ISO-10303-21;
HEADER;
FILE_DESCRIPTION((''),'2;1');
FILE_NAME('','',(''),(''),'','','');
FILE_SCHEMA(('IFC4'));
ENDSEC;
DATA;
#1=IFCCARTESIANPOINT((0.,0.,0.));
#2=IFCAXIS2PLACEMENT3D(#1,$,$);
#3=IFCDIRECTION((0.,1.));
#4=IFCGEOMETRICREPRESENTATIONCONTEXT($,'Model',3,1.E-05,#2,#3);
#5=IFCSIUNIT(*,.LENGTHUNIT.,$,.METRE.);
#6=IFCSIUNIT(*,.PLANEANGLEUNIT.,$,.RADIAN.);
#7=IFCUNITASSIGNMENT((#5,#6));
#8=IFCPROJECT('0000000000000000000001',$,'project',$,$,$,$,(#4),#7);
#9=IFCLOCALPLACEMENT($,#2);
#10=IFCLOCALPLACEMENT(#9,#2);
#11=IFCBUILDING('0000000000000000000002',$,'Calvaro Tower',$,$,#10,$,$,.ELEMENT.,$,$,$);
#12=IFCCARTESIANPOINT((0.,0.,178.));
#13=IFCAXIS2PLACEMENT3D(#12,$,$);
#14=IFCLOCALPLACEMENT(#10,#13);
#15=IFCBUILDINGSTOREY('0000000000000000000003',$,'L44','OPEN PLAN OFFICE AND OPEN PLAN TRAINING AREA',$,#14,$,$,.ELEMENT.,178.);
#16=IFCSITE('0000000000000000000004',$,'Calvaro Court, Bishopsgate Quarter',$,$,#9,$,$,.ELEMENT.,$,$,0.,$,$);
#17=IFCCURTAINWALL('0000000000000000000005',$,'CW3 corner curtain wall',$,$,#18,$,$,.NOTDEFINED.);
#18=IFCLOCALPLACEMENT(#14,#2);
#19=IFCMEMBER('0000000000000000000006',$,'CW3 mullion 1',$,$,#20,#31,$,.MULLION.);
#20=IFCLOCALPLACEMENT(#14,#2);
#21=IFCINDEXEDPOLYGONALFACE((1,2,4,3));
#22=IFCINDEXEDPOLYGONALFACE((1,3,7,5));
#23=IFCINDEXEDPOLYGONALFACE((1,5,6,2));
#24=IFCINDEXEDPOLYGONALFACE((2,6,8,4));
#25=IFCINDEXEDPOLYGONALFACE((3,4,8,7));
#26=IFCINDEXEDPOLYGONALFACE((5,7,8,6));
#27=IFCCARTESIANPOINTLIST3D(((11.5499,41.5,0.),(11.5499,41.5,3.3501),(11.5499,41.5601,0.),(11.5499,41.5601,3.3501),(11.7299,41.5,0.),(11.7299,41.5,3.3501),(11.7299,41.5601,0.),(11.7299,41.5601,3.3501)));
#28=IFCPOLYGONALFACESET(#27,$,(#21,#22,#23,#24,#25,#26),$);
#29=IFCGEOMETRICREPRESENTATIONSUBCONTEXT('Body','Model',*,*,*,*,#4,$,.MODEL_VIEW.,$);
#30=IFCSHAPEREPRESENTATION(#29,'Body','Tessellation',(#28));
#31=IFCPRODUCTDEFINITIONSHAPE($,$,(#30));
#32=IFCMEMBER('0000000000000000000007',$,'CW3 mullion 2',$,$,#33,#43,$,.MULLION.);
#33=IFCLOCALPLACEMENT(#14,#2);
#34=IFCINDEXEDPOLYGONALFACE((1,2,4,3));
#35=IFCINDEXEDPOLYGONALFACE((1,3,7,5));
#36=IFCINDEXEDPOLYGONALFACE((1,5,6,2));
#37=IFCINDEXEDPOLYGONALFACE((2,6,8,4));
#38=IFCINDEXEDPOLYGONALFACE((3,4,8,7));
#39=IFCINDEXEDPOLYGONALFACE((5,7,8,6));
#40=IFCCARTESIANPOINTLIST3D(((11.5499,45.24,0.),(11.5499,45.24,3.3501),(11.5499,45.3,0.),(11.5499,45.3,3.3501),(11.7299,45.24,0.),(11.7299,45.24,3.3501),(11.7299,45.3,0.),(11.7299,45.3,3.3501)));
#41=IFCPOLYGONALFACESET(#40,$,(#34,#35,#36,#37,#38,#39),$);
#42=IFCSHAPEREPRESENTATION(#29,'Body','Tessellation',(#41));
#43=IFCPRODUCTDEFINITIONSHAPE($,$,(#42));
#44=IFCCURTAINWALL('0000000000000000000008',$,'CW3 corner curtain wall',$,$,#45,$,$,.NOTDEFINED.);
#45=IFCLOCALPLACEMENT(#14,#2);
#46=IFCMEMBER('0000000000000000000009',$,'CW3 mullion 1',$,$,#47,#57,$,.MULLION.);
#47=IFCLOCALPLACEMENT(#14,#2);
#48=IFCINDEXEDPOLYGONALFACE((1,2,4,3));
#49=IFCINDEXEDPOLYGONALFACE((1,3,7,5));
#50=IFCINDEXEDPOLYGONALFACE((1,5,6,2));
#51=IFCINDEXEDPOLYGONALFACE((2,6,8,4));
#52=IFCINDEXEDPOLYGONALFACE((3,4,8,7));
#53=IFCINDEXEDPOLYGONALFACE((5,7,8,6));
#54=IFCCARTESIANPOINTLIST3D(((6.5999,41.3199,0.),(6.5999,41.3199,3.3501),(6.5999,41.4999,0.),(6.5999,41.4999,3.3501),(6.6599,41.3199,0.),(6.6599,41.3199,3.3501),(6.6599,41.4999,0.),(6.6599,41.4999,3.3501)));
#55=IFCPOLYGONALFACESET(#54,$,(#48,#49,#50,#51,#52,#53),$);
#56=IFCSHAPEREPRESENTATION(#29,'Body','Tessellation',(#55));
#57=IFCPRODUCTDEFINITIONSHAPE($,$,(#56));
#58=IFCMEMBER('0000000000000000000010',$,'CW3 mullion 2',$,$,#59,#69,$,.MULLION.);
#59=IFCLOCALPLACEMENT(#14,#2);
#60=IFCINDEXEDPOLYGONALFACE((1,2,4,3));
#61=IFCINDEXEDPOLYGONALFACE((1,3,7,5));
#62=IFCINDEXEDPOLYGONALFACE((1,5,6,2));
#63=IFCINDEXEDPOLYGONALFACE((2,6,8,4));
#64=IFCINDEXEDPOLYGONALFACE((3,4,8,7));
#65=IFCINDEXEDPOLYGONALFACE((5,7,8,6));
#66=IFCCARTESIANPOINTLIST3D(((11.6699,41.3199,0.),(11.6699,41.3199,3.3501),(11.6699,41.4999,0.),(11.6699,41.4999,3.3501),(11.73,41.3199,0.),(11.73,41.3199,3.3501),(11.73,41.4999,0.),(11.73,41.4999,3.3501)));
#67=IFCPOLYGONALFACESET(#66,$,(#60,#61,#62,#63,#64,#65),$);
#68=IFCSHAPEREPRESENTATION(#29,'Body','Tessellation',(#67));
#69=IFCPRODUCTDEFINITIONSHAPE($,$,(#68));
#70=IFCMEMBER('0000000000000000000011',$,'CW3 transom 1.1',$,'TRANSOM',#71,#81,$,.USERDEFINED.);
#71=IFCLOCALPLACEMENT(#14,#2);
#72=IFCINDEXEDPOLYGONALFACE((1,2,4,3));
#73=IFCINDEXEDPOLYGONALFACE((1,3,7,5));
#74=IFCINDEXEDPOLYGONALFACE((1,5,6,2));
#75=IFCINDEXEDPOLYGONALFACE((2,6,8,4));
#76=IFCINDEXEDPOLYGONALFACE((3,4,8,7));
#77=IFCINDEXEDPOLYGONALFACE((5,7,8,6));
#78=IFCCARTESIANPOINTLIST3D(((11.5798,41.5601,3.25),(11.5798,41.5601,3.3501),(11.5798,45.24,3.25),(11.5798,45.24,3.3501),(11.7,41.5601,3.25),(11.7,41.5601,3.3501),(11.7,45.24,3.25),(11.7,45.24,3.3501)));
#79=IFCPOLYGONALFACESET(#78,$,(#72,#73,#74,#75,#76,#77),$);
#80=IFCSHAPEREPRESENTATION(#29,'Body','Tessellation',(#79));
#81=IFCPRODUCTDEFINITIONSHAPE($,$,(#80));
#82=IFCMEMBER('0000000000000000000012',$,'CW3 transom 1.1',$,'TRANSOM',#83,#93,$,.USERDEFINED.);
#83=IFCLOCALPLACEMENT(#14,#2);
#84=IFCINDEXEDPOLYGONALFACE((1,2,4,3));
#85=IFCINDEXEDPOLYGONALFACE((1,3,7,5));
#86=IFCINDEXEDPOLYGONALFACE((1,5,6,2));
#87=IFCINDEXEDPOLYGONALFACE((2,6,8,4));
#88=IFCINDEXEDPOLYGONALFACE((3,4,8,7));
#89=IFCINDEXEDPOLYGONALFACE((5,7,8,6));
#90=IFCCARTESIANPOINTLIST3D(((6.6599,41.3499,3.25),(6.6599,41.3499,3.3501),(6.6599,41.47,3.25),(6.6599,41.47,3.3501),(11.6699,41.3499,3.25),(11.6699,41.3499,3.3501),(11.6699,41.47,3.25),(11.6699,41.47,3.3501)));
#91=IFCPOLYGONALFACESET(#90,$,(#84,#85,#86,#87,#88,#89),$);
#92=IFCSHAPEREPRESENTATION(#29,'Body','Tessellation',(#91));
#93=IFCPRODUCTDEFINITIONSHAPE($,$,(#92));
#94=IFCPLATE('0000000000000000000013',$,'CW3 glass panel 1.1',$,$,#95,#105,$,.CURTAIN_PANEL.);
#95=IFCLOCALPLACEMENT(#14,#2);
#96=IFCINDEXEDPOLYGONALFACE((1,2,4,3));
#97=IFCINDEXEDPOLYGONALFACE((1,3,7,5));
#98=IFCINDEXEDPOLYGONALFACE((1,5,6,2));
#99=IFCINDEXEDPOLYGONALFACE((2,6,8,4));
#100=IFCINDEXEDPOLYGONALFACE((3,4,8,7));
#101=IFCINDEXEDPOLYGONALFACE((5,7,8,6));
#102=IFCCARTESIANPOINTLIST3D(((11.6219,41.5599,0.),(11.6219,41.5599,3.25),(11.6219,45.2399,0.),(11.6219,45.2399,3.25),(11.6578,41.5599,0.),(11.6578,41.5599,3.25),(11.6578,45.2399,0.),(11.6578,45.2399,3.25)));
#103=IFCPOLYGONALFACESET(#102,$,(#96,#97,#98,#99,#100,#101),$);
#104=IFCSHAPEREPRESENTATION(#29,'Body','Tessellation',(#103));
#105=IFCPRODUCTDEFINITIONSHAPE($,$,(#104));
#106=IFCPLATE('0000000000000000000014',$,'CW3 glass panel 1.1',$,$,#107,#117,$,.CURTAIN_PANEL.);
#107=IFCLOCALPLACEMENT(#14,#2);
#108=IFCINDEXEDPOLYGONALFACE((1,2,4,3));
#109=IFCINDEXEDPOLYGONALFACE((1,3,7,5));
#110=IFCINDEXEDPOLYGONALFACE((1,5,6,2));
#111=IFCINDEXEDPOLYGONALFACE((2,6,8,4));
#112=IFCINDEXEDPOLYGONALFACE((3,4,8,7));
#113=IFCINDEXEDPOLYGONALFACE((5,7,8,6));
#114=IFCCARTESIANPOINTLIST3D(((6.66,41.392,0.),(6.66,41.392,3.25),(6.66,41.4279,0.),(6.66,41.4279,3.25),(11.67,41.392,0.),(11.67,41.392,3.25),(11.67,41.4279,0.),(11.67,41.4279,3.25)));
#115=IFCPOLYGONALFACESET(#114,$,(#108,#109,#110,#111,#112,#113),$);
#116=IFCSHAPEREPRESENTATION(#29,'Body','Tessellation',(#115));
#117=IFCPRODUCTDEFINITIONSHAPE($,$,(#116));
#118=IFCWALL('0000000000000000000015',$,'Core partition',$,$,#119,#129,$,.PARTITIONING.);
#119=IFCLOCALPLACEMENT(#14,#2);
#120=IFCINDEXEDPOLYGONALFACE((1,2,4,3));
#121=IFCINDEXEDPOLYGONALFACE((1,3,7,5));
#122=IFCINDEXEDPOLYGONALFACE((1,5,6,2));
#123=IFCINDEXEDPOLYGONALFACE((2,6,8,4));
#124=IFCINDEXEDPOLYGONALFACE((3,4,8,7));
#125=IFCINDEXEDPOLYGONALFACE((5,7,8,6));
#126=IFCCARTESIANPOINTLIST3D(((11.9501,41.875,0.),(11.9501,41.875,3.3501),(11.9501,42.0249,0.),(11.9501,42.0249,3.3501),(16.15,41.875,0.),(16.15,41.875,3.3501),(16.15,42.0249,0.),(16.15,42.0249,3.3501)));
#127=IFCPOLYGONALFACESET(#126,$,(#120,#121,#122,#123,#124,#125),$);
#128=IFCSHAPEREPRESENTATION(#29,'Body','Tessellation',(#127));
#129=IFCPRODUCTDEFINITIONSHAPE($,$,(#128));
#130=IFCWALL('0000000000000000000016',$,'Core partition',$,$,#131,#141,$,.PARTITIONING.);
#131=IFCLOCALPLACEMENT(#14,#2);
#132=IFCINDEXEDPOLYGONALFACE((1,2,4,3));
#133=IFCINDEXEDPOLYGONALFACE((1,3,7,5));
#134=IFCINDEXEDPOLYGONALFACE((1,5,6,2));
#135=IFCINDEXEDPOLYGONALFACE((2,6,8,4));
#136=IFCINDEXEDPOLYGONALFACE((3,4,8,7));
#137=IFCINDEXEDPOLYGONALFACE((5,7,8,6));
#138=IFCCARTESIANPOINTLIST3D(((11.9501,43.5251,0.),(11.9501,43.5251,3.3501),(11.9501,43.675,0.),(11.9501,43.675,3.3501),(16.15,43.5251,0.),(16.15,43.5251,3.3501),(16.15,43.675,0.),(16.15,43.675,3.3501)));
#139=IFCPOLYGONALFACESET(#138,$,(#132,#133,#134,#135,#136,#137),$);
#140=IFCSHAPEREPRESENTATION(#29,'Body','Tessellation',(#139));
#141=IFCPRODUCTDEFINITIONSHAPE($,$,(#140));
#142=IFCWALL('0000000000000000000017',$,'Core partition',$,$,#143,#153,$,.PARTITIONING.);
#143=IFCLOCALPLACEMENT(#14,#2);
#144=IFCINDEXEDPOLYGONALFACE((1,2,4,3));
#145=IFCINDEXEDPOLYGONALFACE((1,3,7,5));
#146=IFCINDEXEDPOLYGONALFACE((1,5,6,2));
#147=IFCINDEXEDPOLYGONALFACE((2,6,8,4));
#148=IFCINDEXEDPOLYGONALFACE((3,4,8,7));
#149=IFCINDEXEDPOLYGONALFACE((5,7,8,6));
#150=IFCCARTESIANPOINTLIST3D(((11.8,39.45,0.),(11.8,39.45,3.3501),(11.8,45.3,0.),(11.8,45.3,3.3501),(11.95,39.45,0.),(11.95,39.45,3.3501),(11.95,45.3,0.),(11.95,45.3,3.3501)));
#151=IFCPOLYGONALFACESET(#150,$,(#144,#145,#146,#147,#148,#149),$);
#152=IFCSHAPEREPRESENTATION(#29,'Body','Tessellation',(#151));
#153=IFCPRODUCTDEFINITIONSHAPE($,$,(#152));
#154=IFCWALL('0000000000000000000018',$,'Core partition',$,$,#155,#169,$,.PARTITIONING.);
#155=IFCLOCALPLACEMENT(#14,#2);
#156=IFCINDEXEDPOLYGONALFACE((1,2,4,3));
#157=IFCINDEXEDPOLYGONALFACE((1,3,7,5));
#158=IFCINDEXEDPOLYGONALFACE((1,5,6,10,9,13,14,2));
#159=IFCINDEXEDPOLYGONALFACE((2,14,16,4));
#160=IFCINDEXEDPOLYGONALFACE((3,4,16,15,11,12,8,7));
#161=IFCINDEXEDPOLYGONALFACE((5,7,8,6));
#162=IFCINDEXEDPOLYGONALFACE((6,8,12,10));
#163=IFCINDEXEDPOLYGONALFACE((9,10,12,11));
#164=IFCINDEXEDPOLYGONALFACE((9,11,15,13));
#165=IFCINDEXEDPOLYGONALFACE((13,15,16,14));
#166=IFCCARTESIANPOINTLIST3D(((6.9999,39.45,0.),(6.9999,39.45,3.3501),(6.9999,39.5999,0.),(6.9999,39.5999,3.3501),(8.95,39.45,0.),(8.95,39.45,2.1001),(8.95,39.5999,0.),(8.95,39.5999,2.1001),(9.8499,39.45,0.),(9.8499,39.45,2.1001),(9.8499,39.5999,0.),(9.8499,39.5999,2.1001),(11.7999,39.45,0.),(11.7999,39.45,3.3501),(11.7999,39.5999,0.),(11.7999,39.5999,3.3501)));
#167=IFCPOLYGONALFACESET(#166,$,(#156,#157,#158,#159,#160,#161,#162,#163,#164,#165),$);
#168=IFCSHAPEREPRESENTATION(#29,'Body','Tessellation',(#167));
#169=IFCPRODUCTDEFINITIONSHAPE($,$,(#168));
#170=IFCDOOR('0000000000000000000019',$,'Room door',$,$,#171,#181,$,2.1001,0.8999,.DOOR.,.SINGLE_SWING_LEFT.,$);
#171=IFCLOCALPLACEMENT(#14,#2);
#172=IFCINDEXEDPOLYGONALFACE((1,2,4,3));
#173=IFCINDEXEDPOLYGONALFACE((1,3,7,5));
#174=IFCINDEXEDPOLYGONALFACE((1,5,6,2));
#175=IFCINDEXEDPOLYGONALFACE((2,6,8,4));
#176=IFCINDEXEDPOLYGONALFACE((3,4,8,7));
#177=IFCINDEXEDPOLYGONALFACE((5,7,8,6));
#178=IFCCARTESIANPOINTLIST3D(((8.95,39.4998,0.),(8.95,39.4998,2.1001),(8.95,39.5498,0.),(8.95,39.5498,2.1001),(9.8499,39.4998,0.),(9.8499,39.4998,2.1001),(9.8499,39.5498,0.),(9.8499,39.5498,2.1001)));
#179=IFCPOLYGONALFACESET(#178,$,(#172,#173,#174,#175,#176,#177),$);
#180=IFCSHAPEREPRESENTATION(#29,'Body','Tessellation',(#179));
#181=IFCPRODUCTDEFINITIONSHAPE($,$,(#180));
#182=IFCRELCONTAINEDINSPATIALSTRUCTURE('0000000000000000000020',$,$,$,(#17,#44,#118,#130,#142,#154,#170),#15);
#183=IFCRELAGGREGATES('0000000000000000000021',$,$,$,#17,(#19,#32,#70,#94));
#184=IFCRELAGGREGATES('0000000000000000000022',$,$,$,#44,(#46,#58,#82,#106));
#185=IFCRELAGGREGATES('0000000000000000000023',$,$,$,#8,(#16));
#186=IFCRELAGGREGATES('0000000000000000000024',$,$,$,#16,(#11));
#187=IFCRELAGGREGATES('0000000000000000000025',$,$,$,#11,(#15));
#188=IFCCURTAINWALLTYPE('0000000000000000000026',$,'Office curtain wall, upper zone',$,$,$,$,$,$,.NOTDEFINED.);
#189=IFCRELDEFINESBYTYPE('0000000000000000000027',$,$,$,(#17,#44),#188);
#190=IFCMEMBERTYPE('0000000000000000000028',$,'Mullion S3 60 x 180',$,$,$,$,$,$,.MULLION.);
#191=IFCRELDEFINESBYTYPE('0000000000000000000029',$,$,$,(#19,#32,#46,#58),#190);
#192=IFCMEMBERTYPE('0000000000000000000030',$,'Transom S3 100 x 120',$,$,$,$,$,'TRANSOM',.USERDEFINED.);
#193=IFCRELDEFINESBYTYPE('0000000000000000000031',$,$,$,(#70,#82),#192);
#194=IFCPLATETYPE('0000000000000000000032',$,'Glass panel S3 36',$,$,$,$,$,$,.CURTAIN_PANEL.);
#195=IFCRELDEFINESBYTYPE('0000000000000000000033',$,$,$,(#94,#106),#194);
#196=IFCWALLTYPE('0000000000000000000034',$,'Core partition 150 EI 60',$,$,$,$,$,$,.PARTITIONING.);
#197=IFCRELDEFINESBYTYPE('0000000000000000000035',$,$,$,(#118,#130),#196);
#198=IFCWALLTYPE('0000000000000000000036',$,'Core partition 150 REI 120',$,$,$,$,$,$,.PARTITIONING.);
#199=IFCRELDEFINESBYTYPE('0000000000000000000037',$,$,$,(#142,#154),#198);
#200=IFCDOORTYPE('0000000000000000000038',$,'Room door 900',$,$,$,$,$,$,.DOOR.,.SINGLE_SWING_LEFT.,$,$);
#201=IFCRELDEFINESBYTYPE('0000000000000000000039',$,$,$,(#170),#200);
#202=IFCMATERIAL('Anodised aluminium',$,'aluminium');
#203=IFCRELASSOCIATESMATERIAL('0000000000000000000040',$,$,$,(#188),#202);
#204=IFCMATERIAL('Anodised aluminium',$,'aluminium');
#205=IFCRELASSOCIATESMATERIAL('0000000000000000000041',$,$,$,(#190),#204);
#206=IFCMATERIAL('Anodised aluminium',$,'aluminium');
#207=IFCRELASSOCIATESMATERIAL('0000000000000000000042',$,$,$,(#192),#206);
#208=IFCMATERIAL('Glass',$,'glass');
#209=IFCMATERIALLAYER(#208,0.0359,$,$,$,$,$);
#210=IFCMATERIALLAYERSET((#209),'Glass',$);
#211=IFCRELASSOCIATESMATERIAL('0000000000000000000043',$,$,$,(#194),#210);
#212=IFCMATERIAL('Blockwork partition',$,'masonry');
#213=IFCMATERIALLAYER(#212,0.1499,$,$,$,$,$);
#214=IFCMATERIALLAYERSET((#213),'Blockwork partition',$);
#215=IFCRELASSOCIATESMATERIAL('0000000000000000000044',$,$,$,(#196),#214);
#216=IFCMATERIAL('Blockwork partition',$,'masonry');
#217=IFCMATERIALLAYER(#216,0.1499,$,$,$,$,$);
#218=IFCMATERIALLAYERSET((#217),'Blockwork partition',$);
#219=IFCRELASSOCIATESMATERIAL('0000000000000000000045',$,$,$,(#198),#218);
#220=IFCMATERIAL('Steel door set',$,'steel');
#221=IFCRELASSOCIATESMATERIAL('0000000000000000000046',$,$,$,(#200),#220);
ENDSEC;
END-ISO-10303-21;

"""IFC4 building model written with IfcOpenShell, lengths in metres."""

from ifc_helpers import new_model, si_unit, direction, frame, frame_2d, origin, origin_2d, place, context, subcontext, project, spatial, rectangle, extrude, material, layer, layer_set, material_profile, profile_set, type_object, element, fill, aggregate, save


model = new_model("IFC4")

# Units and contexts
model_context = context("Model", 3, precision=1e-05, world=origin(), true_north=direction((0.0, 1.0)))
body_context = subcontext(model_context, "Body", "Model", "MODEL_VIEW")
ifc_project = project(units=[si_unit("LENGTHUNIT", "METRE"), si_unit("PLANEANGLEUNIT", "RADIAN")], contexts=[model_context])

# Site, building, storey
site_placement = place(None, origin())
site = spatial("IfcSite", under=ifc_project, at=site_placement, Name="Calvaro Court, Bishopsgate Quarter", CompositionType="ELEMENT", RefElevation=0.0)
building_placement = place(site_placement, origin())
building = spatial("IfcBuilding", under=site, at=building_placement, Name="Calvaro Tower", CompositionType="ELEMENT")
storey_placement = place(building_placement, frame((0.0, 0.0, 178.0)))
storey = spatial("IfcBuildingStorey", under=building, at=storey_placement, Name="L44", Description="OPEN PLAN OFFICE AND OPEN PLAN TRAINING AREA", CompositionType="ELEMENT", Elevation=178.0)

# Curtain walls, members
ifc_material_1 = material(Name="Anodised aluminium", Category="aluminium")
curtain_wall_type = type_object("IfcCurtainWallType", Name="Office curtain wall, upper zone", PredefinedType="NOTDEFINED", material=ifc_material_1)
curtain_wall_1_placement = place(storey_placement, origin())
curtain_wall_1 = element("IfcCurtainWall", 1, at=curtain_wall_1_placement, inside=storey, type_object=curtain_wall_type, Name="CW3 corner curtain wall", PredefinedType="NOTDEFINED")
ifc_material_2 = material(Name="Anodised aluminium", Category="aluminium")
ifc_material_profile_1 = material_profile(ifc_material_2, rectangle(XDim=0.1799, YDim=0.0601, at=origin_2d()), Name="Mullion S3 60 x 180")
ifc_profile_set_1 = profile_set([ifc_material_profile_1], Name="Anodised aluminium")
member_type_1 = type_object("IfcMemberType", Name="Mullion S3 60 x 180", PredefinedType="MULLION", material=ifc_profile_set_1)
member_1_placement = place(storey_placement, frame((11.6399, 41.53, 0.0), z_axis=(0.0, 0.0, 1.0), x_axis=(-1.0, 0.0, 0.0)))
member_1 = element("IfcMember", 2, at=member_1_placement, type_object=member_type_1, Name="CW3 mullion 1", PredefinedType="MULLION", context=body_context, shape_type="SweptSolid", body=[
    extrude(rectangle(XDim=0.1799, YDim=0.0601, at=origin_2d()), origin(), (0.0, 0.0, 1.0), 3.3501),
])
member_2_placement = place(storey_placement, frame((11.6399, 45.27, 0.0), z_axis=(0.0, 0.0, 1.0), x_axis=(-1.0, 0.0, 0.0)))
member_2 = element("IfcMember", 3, at=member_2_placement, type_object=member_type_1, Name="CW3 mullion 2", PredefinedType="MULLION", context=body_context, shape_type="SweptSolid", body=[
    extrude(rectangle(XDim=0.1799, YDim=0.0601, at=origin_2d()), origin(), (0.0, 0.0, 1.0), 3.3501),
])
curtain_wall_2_placement = place(storey_placement, origin())
curtain_wall_2 = element("IfcCurtainWall", 4, at=curtain_wall_2_placement, inside=storey, type_object=curtain_wall_type, Name="CW3 corner curtain wall", PredefinedType="NOTDEFINED")
member_3_placement = place(storey_placement, frame((6.6299, 41.4099, 0.0), z_axis=(0.0, 0.0, 1.0), x_axis=(0.0, 1.0, 0.0)))
member_3 = element("IfcMember", 5, at=member_3_placement, type_object=member_type_1, Name="CW3 mullion 1", PredefinedType="MULLION", context=body_context, shape_type="SweptSolid", body=[
    extrude(rectangle(XDim=0.1799, YDim=0.0601, at=origin_2d()), origin(), (0.0, 0.0, 1.0), 3.3501),
])
member_4_placement = place(storey_placement, frame((11.7, 41.4099, 0.0), z_axis=(0.0, 0.0, 1.0), x_axis=(0.0, 1.0, 0.0)))
member_4 = element("IfcMember", 6, at=member_4_placement, type_object=member_type_1, Name="CW3 mullion 2", PredefinedType="MULLION", context=body_context, shape_type="SweptSolid", body=[
    extrude(rectangle(XDim=0.1799, YDim=0.0601, at=origin_2d()), origin(), (0.0, 0.0, 1.0), 3.3501),
])

# Members
ifc_material_3 = material(Name="Anodised aluminium", Category="aluminium")
ifc_material_profile_2 = material_profile(ifc_material_3, rectangle(XDim=0.1201, YDim=0.1001, at=origin_2d()), Name="Transom S3 100 x 120")
ifc_profile_set_2 = profile_set([ifc_material_profile_2], Name="Anodised aluminium")
member_type_2 = type_object("IfcMemberType", Name="Transom S3 100 x 120", ElementType="TRANSOM", PredefinedType="USERDEFINED", material=ifc_profile_set_2)
member_5_placement = place(storey_placement, frame((11.6399, 41.5601, 3.3), z_axis=(0.0, 1.0, 0.0), x_axis=(-1.0, 0.0, 0.0)))
member_5 = element("IfcMember", 7, at=member_5_placement, type_object=member_type_2, Name="CW3 transom 1.1", ObjectType="TRANSOM", PredefinedType="USERDEFINED", context=body_context, shape_type="SweptSolid", body=[
    extrude(rectangle(XDim=0.1201, YDim=0.1001, at=origin_2d()), origin(), (0.0, 0.0, 1.0), 3.6799),
])
member_6_placement = place(storey_placement, frame((6.6599, 41.4099, 3.3), z_axis=(1.0, 0.0, 0.0), x_axis=(0.0, 1.0, 0.0)))
member_6 = element("IfcMember", 8, at=member_6_placement, type_object=member_type_2, Name="CW3 transom 1.1", ObjectType="TRANSOM", PredefinedType="USERDEFINED", context=body_context, shape_type="SweptSolid", body=[
    extrude(rectangle(XDim=0.1201, YDim=0.1001, at=origin_2d()), origin(), (0.0, 0.0, 1.0), 5.01),
])

# Plates
ifc_material_4 = material(Name="Glass", Category="glass")
ifc_layer_1 = layer(ifc_material_4, 0.0359)
ifc_layer_set_1 = layer_set([ifc_layer_1], Name="Glass")
plate_type = type_object("IfcPlateType", Name="Glass panel S3 36", PredefinedType="CURTAIN_PANEL", material=ifc_layer_set_1)
plate_1_placement = place(storey_placement, frame((11.6399, 43.3999, 0.0), z_axis=(0.0, 0.0, 1.0), x_axis=(0.0, 1.0, 0.0)))
plate_1 = element("IfcPlate", 9, at=plate_1_placement, type_object=plate_type, Name="CW3 glass panel 1.1", PredefinedType="CURTAIN_PANEL", context=body_context, shape_type="SweptSolid", body=[
    extrude(rectangle(XDim=3.6799, YDim=0.0359, at=origin_2d()), origin(), (0.0, 0.0, 1.0), 3.25),
])
aggregate(curtain_wall_1, [member_1, member_2, member_5, plate_1])
plate_2_placement = place(storey_placement, frame((9.165, 41.4099, 0.0), z_axis=(0.0, 0.0, 1.0), x_axis=(1.0, 0.0, 0.0)))
plate_2 = element("IfcPlate", 10, at=plate_2_placement, type_object=plate_type, Name="CW3 glass panel 1.1", PredefinedType="CURTAIN_PANEL", context=body_context, shape_type="SweptSolid", body=[
    extrude(rectangle(XDim=5.01, YDim=0.0359, at=origin_2d()), origin(), (0.0, 0.0, 1.0), 3.25),
])
aggregate(curtain_wall_2, [member_3, member_4, member_6, plate_2])

# Walls
ifc_material_5 = material(Name="Blockwork partition", Category="masonry")
ifc_layer_2 = layer(ifc_material_5, 0.1499)
ifc_layer_set_2 = layer_set([ifc_layer_2], Name="Blockwork partition")
wall_type_1 = type_object("IfcWallType", Name="Core partition 150 EI 60", PredefinedType="PARTITIONING", material=ifc_layer_set_2)
for number, where, z_axis, x_axis, name in (
    (11, (11.95, 41.95, 0.0), (0.0, 0.0, 1.0), (1.0, 0.0, 0.0), "Core partition"),
    (12, (11.95, 43.6001, 0.0), (0.0, 0.0, 1.0), (1.0, 0.0, 0.0), "Core partition"),
):
    element("IfcWall", number, at=place(storey_placement, frame(where, z_axis=z_axis, x_axis=x_axis)), inside=storey, type_object=wall_type_1, Name=name, PredefinedType="PARTITIONING", context=body_context, shape_type="SweptSolid", body=[
        extrude(rectangle(XDim=4.2, YDim=0.1499, at=frame_2d((2.1001, 0.0))), origin(), (0.0, 0.0, 1.0), 3.3501),
    ])
ifc_material_6 = material(Name="Blockwork partition", Category="masonry")
ifc_layer_3 = layer(ifc_material_6, 0.1499)
ifc_layer_set_3 = layer_set([ifc_layer_3], Name="Blockwork partition")
wall_type_2 = type_object("IfcWallType", Name="Core partition 150 REI 120", PredefinedType="PARTITIONING", material=ifc_layer_set_3)
wall_1_placement = place(storey_placement, frame((11.875, 39.45, 0.0), z_axis=(0.0, 0.0, 1.0), x_axis=(0.0, 1.0, 0.0)))
element("IfcWall", 13, at=wall_1_placement, inside=storey, type_object=wall_type_2, Name="Core partition", PredefinedType="PARTITIONING", context=body_context, shape_type="SweptSolid", body=[
    extrude(rectangle(XDim=5.8501, YDim=0.1499, at=frame_2d((2.925, 0.0))), origin(), (0.0, 0.0, 1.0), 3.3501),
])

# Wall, opening, door
wall_2_placement = place(storey_placement, frame((7.0, 39.5249, 0.0), z_axis=(0.0, 0.0, 1.0), x_axis=(1.0, 0.0, 0.0)))
wall_2 = element("IfcWall", 14, at=wall_2_placement, inside=storey, type_object=wall_type_2, Name="Core partition", PredefinedType="PARTITIONING", context=body_context, shape_type="SweptSolid", body=[
    extrude(rectangle(XDim=4.8, YDim=0.1499, at=frame_2d((2.3999, 0.0))), origin(), (0.0, 0.0, 1.0), 3.3501),
])
opening_1_placement = place(wall_2_placement, frame((1.95, 0.0, 0.0)))
opening_1 = element("IfcOpeningElement", 15, at=opening_1_placement, cuts=wall_2, PredefinedType="OPENING", context=body_context, shape_type="SweptSolid", body=[
    extrude(rectangle(XDim=0.8999, YDim=2.1001, at=frame_2d((0.45, 1.05))), frame((0.0, 0.085, 0.0), z_axis=(0.0, -1.0, 0.0), x_axis=(1.0, 0.0, 0.0)), (0.0, 0.0, 1.0), 0.1699),
])
ifc_material_7 = material(Name="Steel door set", Category="steel")
door_type = type_object("IfcDoorType", Name="Room door 900", OperationType="SINGLE_SWING_LEFT", PredefinedType="DOOR", material=ifc_material_7)
door_placement = place(opening_1_placement, origin())
door = element("IfcDoor", 16, at=door_placement, inside=storey, type_object=door_type, Name="Room door", OperationType="SINGLE_SWING_LEFT", OverallHeight=2.1001, OverallWidth=0.8999, PredefinedType="DOOR", context=body_context, shape_type="SweptSolid", body=[
    extrude(rectangle(XDim=0.8999, YDim=2.1001, at=frame_2d((0.45, 1.05))), frame((0.0, 0.0249, 0.0), z_axis=(0.0, -1.0, 0.0), x_axis=(1.0, 0.0, 0.0)), (0.0, 0.0, 1.0), 0.05),
])
fill(opening_1, door)

save(model, "model.ifc")
